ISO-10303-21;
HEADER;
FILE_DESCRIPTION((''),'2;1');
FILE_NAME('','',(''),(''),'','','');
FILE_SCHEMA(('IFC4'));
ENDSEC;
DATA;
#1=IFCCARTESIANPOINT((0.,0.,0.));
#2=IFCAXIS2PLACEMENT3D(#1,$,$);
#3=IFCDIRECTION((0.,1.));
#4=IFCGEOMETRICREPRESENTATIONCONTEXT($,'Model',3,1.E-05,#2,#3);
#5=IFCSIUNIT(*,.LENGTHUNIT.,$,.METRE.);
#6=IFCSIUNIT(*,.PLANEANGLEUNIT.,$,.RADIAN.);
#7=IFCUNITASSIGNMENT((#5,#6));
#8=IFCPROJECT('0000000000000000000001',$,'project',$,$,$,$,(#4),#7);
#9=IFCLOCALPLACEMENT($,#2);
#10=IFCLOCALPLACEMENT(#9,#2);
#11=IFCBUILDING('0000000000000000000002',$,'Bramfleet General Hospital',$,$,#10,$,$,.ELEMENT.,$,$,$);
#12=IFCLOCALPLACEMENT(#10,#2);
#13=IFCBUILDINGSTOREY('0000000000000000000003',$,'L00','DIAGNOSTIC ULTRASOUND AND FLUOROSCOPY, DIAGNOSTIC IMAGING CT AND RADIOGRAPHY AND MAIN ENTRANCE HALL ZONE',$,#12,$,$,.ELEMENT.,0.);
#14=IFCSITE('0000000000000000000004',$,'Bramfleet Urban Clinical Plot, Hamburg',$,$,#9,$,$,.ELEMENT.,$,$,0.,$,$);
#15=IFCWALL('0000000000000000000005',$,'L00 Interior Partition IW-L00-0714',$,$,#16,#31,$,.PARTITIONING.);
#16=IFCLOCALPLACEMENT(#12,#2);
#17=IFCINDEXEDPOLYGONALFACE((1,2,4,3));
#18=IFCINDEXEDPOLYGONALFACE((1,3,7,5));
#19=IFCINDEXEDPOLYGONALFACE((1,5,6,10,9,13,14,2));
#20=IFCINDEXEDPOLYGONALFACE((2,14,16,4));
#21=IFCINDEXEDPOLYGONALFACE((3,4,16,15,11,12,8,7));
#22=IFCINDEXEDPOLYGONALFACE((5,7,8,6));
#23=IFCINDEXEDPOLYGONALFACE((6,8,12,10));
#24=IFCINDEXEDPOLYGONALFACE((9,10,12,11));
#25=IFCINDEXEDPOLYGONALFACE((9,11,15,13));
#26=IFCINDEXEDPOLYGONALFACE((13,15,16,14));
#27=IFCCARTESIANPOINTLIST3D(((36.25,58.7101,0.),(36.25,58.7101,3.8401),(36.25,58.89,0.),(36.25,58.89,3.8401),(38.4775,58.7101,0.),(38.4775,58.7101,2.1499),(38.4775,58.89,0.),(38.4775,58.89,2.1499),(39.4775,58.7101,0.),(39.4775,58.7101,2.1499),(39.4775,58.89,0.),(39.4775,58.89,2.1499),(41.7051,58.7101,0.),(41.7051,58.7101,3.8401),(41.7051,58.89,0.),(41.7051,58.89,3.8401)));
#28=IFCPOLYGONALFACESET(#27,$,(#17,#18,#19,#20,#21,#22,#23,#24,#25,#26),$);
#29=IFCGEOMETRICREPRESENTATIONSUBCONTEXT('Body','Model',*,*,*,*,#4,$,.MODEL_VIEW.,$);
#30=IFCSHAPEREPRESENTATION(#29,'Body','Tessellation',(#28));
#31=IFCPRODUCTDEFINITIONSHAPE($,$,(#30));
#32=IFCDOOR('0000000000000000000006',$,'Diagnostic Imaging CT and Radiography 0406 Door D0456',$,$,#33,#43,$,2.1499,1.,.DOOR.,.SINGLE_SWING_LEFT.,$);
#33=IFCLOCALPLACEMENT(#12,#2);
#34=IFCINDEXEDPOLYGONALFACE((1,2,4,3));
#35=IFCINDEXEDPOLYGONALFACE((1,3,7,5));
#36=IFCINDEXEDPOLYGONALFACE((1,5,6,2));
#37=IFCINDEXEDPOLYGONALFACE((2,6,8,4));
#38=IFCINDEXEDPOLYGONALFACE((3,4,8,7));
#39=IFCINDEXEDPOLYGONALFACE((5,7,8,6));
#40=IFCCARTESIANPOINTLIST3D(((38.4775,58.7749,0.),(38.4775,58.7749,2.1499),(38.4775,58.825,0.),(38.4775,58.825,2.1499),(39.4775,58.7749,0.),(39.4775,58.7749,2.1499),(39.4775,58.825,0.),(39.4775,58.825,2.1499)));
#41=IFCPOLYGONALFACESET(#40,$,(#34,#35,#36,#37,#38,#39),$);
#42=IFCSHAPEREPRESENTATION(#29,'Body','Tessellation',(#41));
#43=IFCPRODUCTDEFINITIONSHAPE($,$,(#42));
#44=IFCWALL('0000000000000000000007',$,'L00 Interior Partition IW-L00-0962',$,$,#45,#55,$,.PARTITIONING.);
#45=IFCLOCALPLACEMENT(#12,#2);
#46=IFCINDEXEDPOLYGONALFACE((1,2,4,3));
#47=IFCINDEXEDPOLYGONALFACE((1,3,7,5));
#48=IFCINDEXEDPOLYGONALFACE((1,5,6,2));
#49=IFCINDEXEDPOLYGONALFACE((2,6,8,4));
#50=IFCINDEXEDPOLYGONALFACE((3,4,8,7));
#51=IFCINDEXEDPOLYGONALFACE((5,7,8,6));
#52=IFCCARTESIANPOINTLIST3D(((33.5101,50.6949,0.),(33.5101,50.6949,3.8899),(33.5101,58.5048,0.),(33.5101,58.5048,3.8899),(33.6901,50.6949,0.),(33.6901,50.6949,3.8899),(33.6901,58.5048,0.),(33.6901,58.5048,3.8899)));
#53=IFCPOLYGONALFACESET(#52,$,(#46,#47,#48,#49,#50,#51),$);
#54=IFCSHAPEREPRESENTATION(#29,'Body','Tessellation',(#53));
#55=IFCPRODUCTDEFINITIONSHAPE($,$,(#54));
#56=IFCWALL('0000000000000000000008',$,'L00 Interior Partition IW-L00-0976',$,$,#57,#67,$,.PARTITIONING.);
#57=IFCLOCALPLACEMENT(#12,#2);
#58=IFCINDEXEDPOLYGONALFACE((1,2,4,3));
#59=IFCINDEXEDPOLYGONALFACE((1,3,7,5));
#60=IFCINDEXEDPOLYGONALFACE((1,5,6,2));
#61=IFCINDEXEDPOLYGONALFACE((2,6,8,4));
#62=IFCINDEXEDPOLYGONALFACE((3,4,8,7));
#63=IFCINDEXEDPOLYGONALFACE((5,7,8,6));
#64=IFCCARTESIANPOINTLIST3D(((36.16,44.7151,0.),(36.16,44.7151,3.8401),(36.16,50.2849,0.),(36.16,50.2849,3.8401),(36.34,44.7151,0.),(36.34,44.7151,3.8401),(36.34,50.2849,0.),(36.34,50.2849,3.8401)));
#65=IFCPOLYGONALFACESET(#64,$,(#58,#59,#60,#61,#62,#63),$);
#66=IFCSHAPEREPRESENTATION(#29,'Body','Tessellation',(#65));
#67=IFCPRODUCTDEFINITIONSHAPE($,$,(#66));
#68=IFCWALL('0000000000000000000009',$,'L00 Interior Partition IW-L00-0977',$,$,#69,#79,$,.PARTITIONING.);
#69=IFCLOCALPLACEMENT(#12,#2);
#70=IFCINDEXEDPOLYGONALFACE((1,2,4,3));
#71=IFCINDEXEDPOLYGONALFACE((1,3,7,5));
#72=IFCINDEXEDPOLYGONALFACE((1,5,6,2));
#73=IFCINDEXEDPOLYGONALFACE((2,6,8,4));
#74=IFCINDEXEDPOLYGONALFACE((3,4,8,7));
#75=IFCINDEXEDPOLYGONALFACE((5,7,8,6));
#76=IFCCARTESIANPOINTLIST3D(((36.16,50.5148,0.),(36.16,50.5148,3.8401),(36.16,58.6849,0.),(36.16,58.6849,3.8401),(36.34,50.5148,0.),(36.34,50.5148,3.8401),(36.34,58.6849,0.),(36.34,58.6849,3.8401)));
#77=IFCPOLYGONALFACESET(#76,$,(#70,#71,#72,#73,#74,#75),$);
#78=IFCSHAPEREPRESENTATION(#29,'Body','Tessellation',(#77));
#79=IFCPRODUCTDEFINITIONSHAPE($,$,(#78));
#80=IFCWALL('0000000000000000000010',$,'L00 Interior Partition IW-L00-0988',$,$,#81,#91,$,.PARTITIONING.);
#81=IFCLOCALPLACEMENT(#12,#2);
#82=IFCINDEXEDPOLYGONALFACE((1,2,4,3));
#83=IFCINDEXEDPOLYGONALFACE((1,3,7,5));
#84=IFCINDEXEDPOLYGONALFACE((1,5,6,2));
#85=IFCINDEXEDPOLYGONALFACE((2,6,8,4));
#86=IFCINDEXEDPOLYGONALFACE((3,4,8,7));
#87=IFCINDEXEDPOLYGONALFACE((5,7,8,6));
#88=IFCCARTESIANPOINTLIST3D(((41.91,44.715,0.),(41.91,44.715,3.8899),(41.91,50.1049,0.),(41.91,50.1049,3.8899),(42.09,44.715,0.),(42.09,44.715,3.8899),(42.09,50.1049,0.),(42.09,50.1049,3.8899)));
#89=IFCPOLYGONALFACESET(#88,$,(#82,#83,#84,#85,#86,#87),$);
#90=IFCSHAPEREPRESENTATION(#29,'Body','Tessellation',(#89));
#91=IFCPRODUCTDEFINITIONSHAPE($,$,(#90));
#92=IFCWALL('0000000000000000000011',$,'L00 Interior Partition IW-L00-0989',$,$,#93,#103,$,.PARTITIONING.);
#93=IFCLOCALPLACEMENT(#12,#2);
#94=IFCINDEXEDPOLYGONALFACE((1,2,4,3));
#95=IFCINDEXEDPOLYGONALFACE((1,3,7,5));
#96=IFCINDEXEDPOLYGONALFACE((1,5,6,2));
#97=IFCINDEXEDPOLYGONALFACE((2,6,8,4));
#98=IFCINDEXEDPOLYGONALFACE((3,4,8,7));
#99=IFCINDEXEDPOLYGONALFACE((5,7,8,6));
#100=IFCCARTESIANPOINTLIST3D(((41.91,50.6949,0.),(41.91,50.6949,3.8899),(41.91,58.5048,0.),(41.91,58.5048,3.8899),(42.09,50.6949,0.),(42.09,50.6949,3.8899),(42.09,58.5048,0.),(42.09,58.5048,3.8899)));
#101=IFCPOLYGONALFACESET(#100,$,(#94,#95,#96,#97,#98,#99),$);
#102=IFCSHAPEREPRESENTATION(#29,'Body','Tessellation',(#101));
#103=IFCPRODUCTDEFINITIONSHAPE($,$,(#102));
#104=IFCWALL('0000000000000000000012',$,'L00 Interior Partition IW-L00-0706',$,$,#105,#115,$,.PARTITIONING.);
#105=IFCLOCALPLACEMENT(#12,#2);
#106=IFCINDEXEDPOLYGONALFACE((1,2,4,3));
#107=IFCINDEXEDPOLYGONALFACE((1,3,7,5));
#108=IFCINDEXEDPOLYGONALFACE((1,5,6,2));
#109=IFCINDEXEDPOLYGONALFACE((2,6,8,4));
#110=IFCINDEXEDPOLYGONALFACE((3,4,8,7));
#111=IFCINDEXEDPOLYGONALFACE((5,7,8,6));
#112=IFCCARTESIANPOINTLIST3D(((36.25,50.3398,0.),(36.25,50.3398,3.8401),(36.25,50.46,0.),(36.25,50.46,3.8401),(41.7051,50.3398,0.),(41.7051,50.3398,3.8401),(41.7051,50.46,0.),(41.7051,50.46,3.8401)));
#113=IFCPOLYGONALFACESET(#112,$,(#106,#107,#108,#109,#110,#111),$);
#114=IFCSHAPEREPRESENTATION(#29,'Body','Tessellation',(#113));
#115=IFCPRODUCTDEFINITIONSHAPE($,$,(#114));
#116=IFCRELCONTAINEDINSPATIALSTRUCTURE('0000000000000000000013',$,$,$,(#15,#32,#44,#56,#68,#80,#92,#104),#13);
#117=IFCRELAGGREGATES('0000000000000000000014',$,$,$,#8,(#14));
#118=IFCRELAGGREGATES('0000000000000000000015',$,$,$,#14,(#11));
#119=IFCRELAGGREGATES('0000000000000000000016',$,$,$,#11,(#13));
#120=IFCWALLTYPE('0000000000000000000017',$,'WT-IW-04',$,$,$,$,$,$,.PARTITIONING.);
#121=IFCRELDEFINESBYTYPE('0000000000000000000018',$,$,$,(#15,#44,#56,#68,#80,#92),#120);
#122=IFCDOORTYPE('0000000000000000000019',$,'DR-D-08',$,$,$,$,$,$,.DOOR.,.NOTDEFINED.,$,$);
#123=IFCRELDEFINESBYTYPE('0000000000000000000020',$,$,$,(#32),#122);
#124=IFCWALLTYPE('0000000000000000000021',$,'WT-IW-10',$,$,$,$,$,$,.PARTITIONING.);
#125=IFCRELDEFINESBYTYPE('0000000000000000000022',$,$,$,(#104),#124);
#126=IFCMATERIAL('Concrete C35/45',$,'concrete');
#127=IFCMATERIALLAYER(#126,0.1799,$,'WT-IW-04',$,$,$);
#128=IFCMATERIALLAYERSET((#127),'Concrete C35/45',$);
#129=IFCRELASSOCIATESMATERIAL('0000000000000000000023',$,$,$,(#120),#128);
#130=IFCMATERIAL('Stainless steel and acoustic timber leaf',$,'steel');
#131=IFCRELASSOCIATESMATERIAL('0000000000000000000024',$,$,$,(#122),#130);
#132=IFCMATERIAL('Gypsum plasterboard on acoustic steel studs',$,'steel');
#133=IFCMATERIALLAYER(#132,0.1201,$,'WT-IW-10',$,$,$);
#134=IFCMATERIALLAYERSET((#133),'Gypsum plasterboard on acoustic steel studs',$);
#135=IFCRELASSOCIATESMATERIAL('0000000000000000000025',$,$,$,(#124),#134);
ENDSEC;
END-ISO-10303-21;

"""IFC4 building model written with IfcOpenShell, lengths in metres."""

from ifc_helpers import new_model, si_unit, direction, frame, frame_2d, origin, place, context, subcontext, project, spatial, rectangle, extrude, material, layer, layer_set, type_object, element, fill, save


model = new_model("IFC4")

# Units and contexts
model_context = context("Model", 3, precision=1e-05, world=origin(), true_north=direction((0.0, 1.0)))
body_context = subcontext(model_context, "Body", "Model", "MODEL_VIEW")
ifc_project = project(units=[si_unit("LENGTHUNIT", "METRE"), si_unit("PLANEANGLEUNIT", "RADIAN")], contexts=[model_context])

# Site, building, storey
site_placement = place(None, origin())
site = spatial("IfcSite", under=ifc_project, at=site_placement, Name="Bramfleet Urban Clinical Plot, Hamburg", CompositionType="ELEMENT", RefElevation=0.0)
building_placement = place(site_placement, origin())
building = spatial("IfcBuilding", under=site, at=building_placement, Name="Bramfleet General Hospital", CompositionType="ELEMENT")
storey_placement = place(building_placement, origin())
storey = spatial("IfcBuildingStorey", under=building, at=storey_placement, Name="L00", Description="DIAGNOSTIC ULTRASOUND AND FLUOROSCOPY, DIAGNOSTIC IMAGING CT AND RADIOGRAPHY AND MAIN ENTRANCE HALL ZONE", CompositionType="ELEMENT", Elevation=0.0)

# Shared definitions
ifc_material_1 = material(Name="Concrete C35/45", Category="concrete")

# Wall, opening, door
ifc_material_2 = material(Name="Stainless steel and acoustic timber leaf", Category="steel")
ifc_layer_1 = layer(ifc_material_1, 0.1799, Name="WT-IW-04")
ifc_layer_set_1 = layer_set([ifc_layer_1], Name="Concrete C35/45")
wall_type_1 = type_object("IfcWallType", Name="WT-IW-04", PredefinedType="PARTITIONING", material=ifc_layer_set_1)
wall_1_placement = place(storey_placement, frame((36.25, 58.8, 0.0), z_axis=(0.0, 0.0, 1.0), x_axis=(1.0, 0.0, 0.0)))
wall_1 = element("IfcWall", 1, at=wall_1_placement, inside=storey, type_object=wall_type_1, Name="L00 Interior Partition IW-L00-0714", PredefinedType="PARTITIONING", context=body_context, shape_type="SweptSolid", body=[
    extrude(rectangle(XDim=5.4551, YDim=0.1799, at=frame_2d((2.7275, 0.0))), origin(), (0.0, 0.0, 1.0), 3.8401),
])
opening_1_placement = place(wall_1_placement, frame((2.2275, 0.0, 0.0)))
opening_1 = element("IfcOpeningElement", 2, at=opening_1_placement, cuts=wall_1, PredefinedType="OPENING", context=body_context, shape_type="SweptSolid", body=[
    extrude(rectangle(XDim=1.0, YDim=2.1499, at=frame_2d((0.5, 1.075))), frame((0.0, 0.0999, 0.0), z_axis=(0.0, -1.0, 0.0), x_axis=(1.0, 0.0, 0.0)), (0.0, 0.0, 1.0), 0.2),
])
door_type_1 = type_object("IfcDoorType", Name="DR-D-08", OperationType="NOTDEFINED", PredefinedType="DOOR", material=ifc_material_2)
door_1_placement = place(opening_1_placement, origin())
door_1 = element("IfcDoor", 3, at=door_1_placement, inside=storey, type_object=door_type_1, Name="Diagnostic Imaging CT and Radiography 0406 Door D0456", OperationType="SINGLE_SWING_LEFT", OverallHeight=2.1499, OverallWidth=1.0, PredefinedType="DOOR", context=body_context, shape_type="SweptSolid", body=[
    extrude(rectangle(XDim=1.0, YDim=2.1499, at=frame_2d((0.5, 1.075))), frame((0.0, 0.0249, 0.0), z_axis=(0.0, -1.0, 0.0), x_axis=(1.0, 0.0, 0.0)), (0.0, 0.0, 1.0), 0.05),
])
fill(opening_1, door_1)

# Walls
wall_2_placement = place(storey_placement, frame((33.6001, 50.6951, 0.0), z_axis=(0.0, 0.0, 1.0), x_axis=(0.0, 1.0, 0.0)))
element("IfcWall", 4, at=wall_2_placement, inside=storey, type_object=wall_type_1, Name="L00 Interior Partition IW-L00-0962", PredefinedType="PARTITIONING", context=body_context, shape_type="SweptSolid", body=[
    extrude(rectangle(XDim=7.8098, YDim=0.1799, at=frame_2d((3.9048, 0.0))), origin(), (0.0, 0.0, 1.0), 3.8899),
])
wall_3_placement = place(storey_placement, frame((36.25, 44.7151, 0.0), z_axis=(0.0, 0.0, 1.0), x_axis=(0.0, 1.0, 0.0)))
element("IfcWall", 5, at=wall_3_placement, inside=storey, type_object=wall_type_1, Name="L00 Interior Partition IW-L00-0976", PredefinedType="PARTITIONING", context=body_context, shape_type="SweptSolid", body=[
    extrude(rectangle(XDim=5.5698, YDim=0.1799, at=frame_2d((2.7849, 0.0))), origin(), (0.0, 0.0, 1.0), 3.8401),
])
wall_4_placement = place(storey_placement, frame((36.25, 50.5149, 0.0), z_axis=(0.0, 0.0, 1.0), x_axis=(0.0, 1.0, 0.0)))
element("IfcWall", 6, at=wall_4_placement, inside=storey, type_object=wall_type_1, Name="L00 Interior Partition IW-L00-0977", PredefinedType="PARTITIONING", context=body_context, shape_type="SweptSolid", body=[
    extrude(rectangle(XDim=8.1702, YDim=0.1799, at=frame_2d((4.085, 0.0))), origin(), (0.0, 0.0, 1.0), 3.8401),
])
wall_5_placement = place(storey_placement, frame((42.0, 44.7151, 0.0), z_axis=(0.0, 0.0, 1.0), x_axis=(0.0, 1.0, 0.0)))
element("IfcWall", 7, at=wall_5_placement, inside=storey, type_object=wall_type_1, Name="L00 Interior Partition IW-L00-0988", PredefinedType="PARTITIONING", context=body_context, shape_type="SweptSolid", body=[
    extrude(rectangle(XDim=5.3899, YDim=0.1799, at=frame_2d((2.6948, 0.0))), origin(), (0.0, 0.0, 1.0), 3.8899),
])
wall_6_placement = place(storey_placement, frame((42.0, 50.6951, 0.0), z_axis=(0.0, 0.0, 1.0), x_axis=(0.0, 1.0, 0.0)))
element("IfcWall", 8, at=wall_6_placement, inside=storey, type_object=wall_type_1, Name="L00 Interior Partition IW-L00-0989", PredefinedType="PARTITIONING", context=body_context, shape_type="SweptSolid", body=[
    extrude(rectangle(XDim=7.8098, YDim=0.1799, at=frame_2d((3.9048, 0.0))), origin(), (0.0, 0.0, 1.0), 3.8899),
])
ifc_material_3 = material(Name="Gypsum plasterboard on acoustic steel studs", Category="steel")
ifc_layer_2 = layer(ifc_material_3, 0.1201, Name="WT-IW-10")
ifc_layer_set_2 = layer_set([ifc_layer_2], Name="Gypsum plasterboard on acoustic steel studs")
wall_type_2 = type_object("IfcWallType", Name="WT-IW-10", PredefinedType="PARTITIONING", material=ifc_layer_set_2)
wall_7_placement = place(storey_placement, frame((36.25, 50.3999, 0.0), z_axis=(0.0, 0.0, 1.0), x_axis=(1.0, 0.0, 0.0)))
element("IfcWall", 9, at=wall_7_placement, inside=storey, type_object=wall_type_2, Name="L00 Interior Partition IW-L00-0706", PredefinedType="PARTITIONING", context=body_context, shape_type="SweptSolid", body=[
    extrude(rectangle(XDim=5.4551, YDim=0.1201, at=frame_2d((2.7275, 0.0))), origin(), (0.0, 0.0, 1.0), 3.8401),
])

save(model, "model.ifc")
